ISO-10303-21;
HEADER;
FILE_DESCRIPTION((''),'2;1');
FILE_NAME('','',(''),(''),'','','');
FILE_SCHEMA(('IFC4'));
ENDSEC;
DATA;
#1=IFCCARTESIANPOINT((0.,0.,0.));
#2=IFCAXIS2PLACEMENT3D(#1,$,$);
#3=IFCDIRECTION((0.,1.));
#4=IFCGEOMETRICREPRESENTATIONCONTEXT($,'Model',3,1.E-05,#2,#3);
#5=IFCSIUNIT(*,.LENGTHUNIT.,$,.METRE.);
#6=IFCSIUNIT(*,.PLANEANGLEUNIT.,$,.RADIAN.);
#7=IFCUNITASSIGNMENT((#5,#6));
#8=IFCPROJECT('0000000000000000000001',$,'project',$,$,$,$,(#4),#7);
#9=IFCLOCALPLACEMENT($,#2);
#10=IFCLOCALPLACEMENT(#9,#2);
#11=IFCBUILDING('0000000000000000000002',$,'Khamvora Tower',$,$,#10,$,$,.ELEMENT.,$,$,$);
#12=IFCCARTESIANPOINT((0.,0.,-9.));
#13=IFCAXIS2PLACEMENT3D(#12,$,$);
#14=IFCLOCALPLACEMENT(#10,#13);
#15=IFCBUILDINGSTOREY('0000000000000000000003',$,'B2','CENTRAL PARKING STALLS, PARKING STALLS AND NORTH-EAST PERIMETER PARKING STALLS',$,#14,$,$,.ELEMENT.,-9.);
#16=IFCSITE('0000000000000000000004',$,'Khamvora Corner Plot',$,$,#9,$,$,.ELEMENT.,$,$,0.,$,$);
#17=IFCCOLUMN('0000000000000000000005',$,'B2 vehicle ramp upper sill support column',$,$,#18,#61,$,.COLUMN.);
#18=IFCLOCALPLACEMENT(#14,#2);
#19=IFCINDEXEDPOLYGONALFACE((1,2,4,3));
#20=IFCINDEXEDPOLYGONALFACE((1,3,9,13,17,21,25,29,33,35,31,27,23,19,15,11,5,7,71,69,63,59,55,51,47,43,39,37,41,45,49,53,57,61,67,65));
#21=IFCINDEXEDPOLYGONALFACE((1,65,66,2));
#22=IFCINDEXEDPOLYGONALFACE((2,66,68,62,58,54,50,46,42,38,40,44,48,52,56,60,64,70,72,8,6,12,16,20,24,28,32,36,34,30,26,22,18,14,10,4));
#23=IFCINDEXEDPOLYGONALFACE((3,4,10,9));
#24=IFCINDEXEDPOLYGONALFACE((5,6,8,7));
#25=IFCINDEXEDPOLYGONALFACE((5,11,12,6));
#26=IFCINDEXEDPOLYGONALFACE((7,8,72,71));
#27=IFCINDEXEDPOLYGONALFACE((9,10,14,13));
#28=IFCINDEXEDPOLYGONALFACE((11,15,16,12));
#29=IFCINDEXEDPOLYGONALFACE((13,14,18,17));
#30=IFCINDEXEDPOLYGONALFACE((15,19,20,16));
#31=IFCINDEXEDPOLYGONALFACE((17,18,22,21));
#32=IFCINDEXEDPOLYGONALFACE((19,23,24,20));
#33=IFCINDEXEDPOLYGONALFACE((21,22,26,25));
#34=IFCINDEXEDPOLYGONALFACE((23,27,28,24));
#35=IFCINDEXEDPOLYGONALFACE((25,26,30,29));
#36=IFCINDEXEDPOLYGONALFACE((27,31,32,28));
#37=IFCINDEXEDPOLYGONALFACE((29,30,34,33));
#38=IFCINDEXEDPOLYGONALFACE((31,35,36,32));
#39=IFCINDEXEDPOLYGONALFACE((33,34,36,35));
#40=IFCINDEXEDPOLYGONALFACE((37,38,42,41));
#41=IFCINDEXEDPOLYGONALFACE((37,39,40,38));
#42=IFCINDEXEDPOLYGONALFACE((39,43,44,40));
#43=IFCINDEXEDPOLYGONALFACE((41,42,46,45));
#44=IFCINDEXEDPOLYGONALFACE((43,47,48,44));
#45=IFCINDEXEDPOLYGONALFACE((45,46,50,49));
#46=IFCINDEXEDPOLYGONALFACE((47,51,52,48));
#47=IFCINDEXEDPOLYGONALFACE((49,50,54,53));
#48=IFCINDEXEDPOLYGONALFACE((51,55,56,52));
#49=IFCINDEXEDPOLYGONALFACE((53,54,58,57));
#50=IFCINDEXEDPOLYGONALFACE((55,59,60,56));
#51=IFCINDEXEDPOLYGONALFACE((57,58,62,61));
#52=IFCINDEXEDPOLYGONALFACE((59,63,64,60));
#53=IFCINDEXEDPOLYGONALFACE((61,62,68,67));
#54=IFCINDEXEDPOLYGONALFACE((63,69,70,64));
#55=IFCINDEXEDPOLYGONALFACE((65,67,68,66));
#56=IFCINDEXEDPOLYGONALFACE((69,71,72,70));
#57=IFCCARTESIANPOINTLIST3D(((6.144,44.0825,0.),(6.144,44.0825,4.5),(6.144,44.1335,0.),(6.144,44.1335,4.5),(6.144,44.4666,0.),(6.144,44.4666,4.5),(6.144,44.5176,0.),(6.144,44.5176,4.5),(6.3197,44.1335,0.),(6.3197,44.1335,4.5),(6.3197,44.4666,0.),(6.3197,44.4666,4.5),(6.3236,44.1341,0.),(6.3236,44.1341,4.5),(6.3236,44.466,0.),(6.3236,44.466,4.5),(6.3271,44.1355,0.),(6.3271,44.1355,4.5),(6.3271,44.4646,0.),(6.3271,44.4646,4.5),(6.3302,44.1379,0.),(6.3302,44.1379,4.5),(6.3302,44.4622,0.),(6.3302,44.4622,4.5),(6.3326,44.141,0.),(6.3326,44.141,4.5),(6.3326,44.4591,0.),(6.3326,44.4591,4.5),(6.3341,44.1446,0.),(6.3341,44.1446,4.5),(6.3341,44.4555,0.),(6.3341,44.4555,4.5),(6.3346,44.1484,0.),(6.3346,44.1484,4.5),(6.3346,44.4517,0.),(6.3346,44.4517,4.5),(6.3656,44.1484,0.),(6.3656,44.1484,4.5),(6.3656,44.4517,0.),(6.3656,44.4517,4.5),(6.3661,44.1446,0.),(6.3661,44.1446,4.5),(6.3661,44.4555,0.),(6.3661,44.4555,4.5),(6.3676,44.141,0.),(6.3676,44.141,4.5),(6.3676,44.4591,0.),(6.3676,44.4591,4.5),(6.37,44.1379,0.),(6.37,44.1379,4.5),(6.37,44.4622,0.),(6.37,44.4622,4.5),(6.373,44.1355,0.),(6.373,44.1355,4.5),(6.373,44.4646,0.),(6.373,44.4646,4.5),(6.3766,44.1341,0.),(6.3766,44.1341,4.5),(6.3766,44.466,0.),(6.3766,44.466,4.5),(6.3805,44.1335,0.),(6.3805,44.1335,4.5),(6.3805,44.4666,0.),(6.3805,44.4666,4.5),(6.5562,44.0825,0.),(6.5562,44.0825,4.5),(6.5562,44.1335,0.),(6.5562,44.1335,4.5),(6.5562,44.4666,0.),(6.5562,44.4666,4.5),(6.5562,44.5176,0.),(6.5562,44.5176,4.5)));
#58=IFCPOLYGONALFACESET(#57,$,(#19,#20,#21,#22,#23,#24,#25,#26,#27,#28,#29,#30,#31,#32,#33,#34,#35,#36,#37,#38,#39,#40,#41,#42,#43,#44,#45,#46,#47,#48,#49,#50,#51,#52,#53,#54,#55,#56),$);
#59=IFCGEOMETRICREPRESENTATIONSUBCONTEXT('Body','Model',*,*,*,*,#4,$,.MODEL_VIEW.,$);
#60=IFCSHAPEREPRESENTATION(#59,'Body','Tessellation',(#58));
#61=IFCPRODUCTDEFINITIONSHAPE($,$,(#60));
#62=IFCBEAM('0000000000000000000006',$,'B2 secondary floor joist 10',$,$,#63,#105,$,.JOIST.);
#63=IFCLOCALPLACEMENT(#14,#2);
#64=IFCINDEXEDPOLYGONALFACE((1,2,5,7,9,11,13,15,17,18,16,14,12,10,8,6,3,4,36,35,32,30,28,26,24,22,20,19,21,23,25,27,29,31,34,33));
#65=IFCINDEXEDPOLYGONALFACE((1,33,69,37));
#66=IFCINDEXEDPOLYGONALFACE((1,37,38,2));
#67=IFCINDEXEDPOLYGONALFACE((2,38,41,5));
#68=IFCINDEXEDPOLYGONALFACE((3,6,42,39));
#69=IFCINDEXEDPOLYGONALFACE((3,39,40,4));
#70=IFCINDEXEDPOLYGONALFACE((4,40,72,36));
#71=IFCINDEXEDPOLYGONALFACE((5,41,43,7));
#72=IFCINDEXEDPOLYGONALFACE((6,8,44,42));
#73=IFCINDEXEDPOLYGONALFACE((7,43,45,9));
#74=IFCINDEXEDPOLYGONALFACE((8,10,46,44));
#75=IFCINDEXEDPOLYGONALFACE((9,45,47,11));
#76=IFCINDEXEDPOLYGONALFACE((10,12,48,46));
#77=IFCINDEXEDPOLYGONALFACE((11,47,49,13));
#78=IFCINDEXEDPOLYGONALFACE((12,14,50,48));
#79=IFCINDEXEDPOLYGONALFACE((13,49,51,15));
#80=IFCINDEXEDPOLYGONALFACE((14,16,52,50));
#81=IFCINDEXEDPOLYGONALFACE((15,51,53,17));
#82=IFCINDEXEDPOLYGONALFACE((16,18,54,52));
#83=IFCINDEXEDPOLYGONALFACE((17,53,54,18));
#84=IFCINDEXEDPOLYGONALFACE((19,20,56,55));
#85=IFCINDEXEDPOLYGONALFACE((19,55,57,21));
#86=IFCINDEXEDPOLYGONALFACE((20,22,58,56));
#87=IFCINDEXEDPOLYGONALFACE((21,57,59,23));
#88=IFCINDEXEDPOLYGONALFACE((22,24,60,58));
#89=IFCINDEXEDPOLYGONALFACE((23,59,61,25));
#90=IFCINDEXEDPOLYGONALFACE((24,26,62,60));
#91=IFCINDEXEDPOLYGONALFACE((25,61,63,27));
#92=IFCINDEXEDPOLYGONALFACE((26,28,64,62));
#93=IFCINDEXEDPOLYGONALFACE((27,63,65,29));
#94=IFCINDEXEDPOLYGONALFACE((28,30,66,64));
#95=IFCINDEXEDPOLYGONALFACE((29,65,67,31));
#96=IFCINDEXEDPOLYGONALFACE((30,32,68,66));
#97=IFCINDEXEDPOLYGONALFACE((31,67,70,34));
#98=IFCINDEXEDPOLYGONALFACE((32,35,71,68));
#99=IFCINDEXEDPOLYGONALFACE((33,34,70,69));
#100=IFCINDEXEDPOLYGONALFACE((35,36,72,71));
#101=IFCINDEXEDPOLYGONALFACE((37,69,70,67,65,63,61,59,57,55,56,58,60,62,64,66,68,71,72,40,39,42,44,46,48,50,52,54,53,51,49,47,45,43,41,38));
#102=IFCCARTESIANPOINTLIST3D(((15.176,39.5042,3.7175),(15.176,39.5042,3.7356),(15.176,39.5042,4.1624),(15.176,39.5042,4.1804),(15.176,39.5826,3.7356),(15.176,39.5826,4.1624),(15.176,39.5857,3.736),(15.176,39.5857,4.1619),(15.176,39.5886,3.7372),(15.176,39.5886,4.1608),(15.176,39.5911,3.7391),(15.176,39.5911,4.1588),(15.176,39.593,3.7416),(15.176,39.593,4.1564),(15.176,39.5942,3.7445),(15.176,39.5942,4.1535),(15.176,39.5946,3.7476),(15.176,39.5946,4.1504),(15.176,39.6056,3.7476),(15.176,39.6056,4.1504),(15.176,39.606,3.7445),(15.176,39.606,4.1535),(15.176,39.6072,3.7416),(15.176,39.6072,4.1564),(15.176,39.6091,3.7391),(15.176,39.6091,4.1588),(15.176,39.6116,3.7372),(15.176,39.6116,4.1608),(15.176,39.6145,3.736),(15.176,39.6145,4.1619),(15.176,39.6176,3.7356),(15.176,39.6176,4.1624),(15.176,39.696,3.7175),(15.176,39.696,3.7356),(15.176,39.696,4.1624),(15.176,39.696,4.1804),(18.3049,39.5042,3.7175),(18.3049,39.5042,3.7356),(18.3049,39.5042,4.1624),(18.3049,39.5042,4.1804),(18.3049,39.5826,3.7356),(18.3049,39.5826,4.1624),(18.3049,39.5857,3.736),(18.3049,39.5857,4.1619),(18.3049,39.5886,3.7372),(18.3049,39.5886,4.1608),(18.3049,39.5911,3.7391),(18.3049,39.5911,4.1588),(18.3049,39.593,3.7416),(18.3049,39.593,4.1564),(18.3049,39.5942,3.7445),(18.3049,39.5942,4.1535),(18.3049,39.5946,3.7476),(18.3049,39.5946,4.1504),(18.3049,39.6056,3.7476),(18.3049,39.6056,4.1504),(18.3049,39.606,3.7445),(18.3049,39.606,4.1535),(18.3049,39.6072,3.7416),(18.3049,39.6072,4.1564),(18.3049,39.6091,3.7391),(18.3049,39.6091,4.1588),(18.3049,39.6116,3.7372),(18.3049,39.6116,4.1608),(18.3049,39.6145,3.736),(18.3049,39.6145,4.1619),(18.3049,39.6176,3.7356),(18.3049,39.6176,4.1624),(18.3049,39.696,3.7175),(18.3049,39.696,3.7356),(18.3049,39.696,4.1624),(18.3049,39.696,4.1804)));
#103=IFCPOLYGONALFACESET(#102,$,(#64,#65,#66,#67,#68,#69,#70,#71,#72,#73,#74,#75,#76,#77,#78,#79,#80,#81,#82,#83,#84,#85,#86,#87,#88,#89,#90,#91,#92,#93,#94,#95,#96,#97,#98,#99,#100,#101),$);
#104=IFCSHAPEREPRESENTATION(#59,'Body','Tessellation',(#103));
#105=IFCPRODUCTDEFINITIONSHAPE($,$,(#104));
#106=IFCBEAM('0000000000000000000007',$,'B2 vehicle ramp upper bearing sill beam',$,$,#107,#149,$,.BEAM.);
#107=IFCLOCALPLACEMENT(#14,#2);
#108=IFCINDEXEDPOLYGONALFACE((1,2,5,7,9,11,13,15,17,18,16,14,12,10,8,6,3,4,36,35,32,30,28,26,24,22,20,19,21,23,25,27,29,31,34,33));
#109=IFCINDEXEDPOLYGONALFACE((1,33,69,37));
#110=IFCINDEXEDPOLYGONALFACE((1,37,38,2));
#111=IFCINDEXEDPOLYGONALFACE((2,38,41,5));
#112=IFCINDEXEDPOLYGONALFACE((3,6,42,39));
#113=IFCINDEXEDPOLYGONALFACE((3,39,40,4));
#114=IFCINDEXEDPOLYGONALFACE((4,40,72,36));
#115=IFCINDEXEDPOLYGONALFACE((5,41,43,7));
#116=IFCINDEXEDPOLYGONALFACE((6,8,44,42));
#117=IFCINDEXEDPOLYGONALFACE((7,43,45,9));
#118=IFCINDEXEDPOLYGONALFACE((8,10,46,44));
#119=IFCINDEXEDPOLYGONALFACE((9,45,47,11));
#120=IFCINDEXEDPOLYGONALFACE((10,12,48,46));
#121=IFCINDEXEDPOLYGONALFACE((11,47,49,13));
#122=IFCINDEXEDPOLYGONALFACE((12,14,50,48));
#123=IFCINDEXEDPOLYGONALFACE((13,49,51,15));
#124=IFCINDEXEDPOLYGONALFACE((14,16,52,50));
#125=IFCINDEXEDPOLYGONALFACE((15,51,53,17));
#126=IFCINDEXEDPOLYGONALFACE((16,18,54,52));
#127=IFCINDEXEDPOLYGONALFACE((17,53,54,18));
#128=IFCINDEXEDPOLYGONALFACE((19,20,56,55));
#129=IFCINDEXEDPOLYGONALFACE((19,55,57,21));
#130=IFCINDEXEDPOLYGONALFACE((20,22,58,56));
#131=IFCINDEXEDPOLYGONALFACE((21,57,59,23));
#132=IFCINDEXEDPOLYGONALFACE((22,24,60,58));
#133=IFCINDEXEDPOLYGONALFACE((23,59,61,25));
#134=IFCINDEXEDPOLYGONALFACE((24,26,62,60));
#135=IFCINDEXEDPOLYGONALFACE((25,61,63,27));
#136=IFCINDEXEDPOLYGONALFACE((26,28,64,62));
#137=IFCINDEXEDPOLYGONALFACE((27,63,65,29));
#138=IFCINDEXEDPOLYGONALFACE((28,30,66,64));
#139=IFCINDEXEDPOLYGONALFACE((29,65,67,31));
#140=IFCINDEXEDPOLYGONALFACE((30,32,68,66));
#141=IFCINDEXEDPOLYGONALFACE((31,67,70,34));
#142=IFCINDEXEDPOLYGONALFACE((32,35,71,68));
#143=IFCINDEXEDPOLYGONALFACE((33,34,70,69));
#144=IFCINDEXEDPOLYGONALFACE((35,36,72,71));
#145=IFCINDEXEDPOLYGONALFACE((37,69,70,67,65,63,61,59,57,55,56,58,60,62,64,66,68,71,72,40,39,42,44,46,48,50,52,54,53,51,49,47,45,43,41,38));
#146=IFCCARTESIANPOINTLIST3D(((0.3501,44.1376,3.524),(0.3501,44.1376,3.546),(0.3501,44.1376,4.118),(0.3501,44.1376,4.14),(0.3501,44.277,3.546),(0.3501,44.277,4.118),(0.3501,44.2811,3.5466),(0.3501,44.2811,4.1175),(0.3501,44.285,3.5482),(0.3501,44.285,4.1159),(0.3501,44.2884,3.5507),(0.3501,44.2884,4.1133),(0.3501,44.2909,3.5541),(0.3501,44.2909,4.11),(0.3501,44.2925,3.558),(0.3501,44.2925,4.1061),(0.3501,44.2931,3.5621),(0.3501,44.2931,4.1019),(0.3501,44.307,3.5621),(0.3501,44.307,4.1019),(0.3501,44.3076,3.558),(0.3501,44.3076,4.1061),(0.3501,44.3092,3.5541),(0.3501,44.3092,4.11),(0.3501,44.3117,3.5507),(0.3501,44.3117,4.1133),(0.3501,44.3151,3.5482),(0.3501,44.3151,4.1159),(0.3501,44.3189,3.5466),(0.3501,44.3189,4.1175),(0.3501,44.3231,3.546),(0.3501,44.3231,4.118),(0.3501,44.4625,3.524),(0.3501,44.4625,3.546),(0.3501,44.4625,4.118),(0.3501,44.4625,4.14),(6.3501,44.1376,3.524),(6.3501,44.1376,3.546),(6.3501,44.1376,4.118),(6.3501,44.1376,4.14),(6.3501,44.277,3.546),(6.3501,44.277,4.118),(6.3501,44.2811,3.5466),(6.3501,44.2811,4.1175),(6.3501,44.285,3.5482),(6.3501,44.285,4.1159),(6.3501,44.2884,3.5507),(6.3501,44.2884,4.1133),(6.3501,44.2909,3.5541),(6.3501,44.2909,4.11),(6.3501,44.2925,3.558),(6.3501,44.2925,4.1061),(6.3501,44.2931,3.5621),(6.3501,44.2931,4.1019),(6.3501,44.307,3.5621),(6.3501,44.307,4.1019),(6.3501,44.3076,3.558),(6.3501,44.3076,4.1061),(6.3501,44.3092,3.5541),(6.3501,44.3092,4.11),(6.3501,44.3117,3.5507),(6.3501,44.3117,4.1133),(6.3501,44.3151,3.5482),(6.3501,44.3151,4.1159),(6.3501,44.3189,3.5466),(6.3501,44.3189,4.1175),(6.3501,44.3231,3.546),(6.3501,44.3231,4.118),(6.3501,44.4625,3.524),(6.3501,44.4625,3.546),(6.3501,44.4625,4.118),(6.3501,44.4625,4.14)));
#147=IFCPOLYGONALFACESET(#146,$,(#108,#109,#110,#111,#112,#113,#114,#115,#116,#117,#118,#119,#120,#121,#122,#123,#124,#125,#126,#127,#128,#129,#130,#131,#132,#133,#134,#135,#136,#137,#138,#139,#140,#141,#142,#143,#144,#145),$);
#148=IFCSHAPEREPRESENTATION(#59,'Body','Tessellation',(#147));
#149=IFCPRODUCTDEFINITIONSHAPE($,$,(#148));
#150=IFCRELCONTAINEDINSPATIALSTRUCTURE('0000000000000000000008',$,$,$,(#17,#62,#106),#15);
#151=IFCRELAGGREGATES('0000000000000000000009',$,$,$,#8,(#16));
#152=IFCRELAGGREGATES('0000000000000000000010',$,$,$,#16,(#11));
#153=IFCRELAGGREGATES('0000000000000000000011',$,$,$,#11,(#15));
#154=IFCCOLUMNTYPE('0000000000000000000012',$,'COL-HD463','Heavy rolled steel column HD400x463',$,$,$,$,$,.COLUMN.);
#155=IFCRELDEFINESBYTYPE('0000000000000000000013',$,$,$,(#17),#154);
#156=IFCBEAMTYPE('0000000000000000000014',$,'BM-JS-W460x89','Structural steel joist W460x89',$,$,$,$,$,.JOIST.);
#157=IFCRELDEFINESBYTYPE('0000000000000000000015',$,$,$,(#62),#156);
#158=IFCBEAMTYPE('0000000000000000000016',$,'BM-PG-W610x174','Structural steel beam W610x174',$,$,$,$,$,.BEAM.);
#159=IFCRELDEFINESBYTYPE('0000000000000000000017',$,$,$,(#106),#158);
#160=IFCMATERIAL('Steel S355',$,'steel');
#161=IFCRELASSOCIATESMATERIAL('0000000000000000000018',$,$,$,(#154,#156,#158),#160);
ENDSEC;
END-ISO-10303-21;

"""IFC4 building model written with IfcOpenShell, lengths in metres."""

from ifc_helpers import new_model, si_unit, direction, frame, origin, origin_2d, place, context, subcontext, project, spatial, i_section, extrude, material, material_profile, profile_set, type_object, element, save


model = new_model("IFC4")

# Units and contexts
model_context = context("Model", 3, precision=1e-05, world=origin(), true_north=direction((0.0, 1.0)))
body_context = subcontext(model_context, "Body", "Model", "MODEL_VIEW")
ifc_project = project(units=[si_unit("LENGTHUNIT", "METRE"), si_unit("PLANEANGLEUNIT", "RADIAN")], contexts=[model_context])

# Site, building, storey
site_placement = place(None, origin())
site = spatial("IfcSite", under=ifc_project, at=site_placement, Name="Khamvora Corner Plot", CompositionType="ELEMENT", RefElevation=0.0)
building_placement = place(site_placement, origin())
building = spatial("IfcBuilding", under=site, at=building_placement, Name="Khamvora Tower", CompositionType="ELEMENT")
storey_placement = place(building_placement, frame((0.0, 0.0, -9.0)))
storey = spatial("IfcBuildingStorey", under=building, at=storey_placement, Name="B2", Description="CENTRAL PARKING STALLS, PARKING STALLS AND NORTH-EAST PERIMETER PARKING STALLS", CompositionType="ELEMENT", Elevation=-9.0)

# Column
ifc_material_1 = material(Name="Steel S355", Category="steel")
ifc_material_profile_1 = material_profile(ifc_material_1, i_section(OverallWidth=0.4121, OverallDepth=0.4351, WebThickness=0.031, FlangeThickness=0.051, FilletRadius=0.0149, at=origin_2d()), Name="HD400x463")
ifc_profile_set_1 = profile_set([ifc_material_profile_1], Name="Steel S355")
column_type_1 = type_object("IfcColumnType", Name="COL-HD463", Description="Heavy rolled steel column HD400x463", PredefinedType="COLUMN", material=ifc_profile_set_1)
column_placement = place(storey_placement, frame((6.3501, 44.3, 0.0), z_axis=(0.0, 0.0, 1.0), x_axis=(1.0, 0.0, 0.0)))
element("IfcColumn", 1, at=column_placement, inside=storey, type_object=column_type_1, Name="B2 vehicle ramp upper sill support column", PredefinedType="COLUMN", context=body_context, shape_type="SweptSolid", body=[
    extrude(i_section(OverallWidth=0.4121, OverallDepth=0.4351, WebThickness=0.031, FlangeThickness=0.051, FilletRadius=0.0149, at=origin_2d()), origin(), (0.0, 0.0, 1.0), 4.5),
])

# Beams
ifc_material_profile_2 = material_profile(ifc_material_1, i_section(OverallWidth=0.1919, OverallDepth=0.4629, WebThickness=0.011, FlangeThickness=0.0181, FilletRadius=0.012, at=origin_2d()), Name="W460x89")
ifc_profile_set_2 = profile_set([ifc_material_profile_2], Name="Steel S355")
beam_type_1 = type_object("IfcBeamType", Name="BM-JS-W460x89", Description="Structural steel joist W460x89", PredefinedType="JOIST", material=ifc_profile_set_2)
beam_1_placement = place(storey_placement, frame((15.176, 39.6001, 3.949), z_axis=(1.0, 0.0, 0.0), x_axis=(0.0, 1.0, 0.0)))
element("IfcBeam", 2, at=beam_1_placement, inside=storey, type_object=beam_type_1, Name="B2 secondary floor joist 10", PredefinedType="JOIST", context=body_context, shape_type="SweptSolid", body=[
    extrude(i_section(OverallWidth=0.1919, OverallDepth=0.4629, WebThickness=0.011, FlangeThickness=0.0181, FilletRadius=0.012, at=origin_2d()), origin(), (0.0, 0.0, 1.0), 3.1289),
])
ifc_material_profile_3 = material_profile(ifc_material_1, i_section(OverallWidth=0.325, OverallDepth=0.616, WebThickness=0.0139, FlangeThickness=0.022, FilletRadius=0.0161, at=origin_2d()), Name="W610x174")
ifc_profile_set_3 = profile_set([ifc_material_profile_3], Name="Steel S355")
beam_type_2 = type_object("IfcBeamType", Name="BM-PG-W610x174", Description="Structural steel beam W610x174", PredefinedType="BEAM", material=ifc_profile_set_3)
beam_2_placement = place(storey_placement, frame((0.3501, 44.3, 3.832), z_axis=(1.0, 0.0, 0.0), x_axis=(0.0, 1.0, 0.0)))
element("IfcBeam", 3, at=beam_2_placement, inside=storey, type_object=beam_type_2, Name="B2 vehicle ramp upper bearing sill beam", PredefinedType="BEAM", context=body_context, shape_type="SweptSolid", body=[
    extrude(i_section(OverallWidth=0.325, OverallDepth=0.616, WebThickness=0.0139, FlangeThickness=0.022, FilletRadius=0.0161, at=origin_2d()), origin(), (0.0, 0.0, 1.0), 6.0),
])

save(model, "model.ifc")
